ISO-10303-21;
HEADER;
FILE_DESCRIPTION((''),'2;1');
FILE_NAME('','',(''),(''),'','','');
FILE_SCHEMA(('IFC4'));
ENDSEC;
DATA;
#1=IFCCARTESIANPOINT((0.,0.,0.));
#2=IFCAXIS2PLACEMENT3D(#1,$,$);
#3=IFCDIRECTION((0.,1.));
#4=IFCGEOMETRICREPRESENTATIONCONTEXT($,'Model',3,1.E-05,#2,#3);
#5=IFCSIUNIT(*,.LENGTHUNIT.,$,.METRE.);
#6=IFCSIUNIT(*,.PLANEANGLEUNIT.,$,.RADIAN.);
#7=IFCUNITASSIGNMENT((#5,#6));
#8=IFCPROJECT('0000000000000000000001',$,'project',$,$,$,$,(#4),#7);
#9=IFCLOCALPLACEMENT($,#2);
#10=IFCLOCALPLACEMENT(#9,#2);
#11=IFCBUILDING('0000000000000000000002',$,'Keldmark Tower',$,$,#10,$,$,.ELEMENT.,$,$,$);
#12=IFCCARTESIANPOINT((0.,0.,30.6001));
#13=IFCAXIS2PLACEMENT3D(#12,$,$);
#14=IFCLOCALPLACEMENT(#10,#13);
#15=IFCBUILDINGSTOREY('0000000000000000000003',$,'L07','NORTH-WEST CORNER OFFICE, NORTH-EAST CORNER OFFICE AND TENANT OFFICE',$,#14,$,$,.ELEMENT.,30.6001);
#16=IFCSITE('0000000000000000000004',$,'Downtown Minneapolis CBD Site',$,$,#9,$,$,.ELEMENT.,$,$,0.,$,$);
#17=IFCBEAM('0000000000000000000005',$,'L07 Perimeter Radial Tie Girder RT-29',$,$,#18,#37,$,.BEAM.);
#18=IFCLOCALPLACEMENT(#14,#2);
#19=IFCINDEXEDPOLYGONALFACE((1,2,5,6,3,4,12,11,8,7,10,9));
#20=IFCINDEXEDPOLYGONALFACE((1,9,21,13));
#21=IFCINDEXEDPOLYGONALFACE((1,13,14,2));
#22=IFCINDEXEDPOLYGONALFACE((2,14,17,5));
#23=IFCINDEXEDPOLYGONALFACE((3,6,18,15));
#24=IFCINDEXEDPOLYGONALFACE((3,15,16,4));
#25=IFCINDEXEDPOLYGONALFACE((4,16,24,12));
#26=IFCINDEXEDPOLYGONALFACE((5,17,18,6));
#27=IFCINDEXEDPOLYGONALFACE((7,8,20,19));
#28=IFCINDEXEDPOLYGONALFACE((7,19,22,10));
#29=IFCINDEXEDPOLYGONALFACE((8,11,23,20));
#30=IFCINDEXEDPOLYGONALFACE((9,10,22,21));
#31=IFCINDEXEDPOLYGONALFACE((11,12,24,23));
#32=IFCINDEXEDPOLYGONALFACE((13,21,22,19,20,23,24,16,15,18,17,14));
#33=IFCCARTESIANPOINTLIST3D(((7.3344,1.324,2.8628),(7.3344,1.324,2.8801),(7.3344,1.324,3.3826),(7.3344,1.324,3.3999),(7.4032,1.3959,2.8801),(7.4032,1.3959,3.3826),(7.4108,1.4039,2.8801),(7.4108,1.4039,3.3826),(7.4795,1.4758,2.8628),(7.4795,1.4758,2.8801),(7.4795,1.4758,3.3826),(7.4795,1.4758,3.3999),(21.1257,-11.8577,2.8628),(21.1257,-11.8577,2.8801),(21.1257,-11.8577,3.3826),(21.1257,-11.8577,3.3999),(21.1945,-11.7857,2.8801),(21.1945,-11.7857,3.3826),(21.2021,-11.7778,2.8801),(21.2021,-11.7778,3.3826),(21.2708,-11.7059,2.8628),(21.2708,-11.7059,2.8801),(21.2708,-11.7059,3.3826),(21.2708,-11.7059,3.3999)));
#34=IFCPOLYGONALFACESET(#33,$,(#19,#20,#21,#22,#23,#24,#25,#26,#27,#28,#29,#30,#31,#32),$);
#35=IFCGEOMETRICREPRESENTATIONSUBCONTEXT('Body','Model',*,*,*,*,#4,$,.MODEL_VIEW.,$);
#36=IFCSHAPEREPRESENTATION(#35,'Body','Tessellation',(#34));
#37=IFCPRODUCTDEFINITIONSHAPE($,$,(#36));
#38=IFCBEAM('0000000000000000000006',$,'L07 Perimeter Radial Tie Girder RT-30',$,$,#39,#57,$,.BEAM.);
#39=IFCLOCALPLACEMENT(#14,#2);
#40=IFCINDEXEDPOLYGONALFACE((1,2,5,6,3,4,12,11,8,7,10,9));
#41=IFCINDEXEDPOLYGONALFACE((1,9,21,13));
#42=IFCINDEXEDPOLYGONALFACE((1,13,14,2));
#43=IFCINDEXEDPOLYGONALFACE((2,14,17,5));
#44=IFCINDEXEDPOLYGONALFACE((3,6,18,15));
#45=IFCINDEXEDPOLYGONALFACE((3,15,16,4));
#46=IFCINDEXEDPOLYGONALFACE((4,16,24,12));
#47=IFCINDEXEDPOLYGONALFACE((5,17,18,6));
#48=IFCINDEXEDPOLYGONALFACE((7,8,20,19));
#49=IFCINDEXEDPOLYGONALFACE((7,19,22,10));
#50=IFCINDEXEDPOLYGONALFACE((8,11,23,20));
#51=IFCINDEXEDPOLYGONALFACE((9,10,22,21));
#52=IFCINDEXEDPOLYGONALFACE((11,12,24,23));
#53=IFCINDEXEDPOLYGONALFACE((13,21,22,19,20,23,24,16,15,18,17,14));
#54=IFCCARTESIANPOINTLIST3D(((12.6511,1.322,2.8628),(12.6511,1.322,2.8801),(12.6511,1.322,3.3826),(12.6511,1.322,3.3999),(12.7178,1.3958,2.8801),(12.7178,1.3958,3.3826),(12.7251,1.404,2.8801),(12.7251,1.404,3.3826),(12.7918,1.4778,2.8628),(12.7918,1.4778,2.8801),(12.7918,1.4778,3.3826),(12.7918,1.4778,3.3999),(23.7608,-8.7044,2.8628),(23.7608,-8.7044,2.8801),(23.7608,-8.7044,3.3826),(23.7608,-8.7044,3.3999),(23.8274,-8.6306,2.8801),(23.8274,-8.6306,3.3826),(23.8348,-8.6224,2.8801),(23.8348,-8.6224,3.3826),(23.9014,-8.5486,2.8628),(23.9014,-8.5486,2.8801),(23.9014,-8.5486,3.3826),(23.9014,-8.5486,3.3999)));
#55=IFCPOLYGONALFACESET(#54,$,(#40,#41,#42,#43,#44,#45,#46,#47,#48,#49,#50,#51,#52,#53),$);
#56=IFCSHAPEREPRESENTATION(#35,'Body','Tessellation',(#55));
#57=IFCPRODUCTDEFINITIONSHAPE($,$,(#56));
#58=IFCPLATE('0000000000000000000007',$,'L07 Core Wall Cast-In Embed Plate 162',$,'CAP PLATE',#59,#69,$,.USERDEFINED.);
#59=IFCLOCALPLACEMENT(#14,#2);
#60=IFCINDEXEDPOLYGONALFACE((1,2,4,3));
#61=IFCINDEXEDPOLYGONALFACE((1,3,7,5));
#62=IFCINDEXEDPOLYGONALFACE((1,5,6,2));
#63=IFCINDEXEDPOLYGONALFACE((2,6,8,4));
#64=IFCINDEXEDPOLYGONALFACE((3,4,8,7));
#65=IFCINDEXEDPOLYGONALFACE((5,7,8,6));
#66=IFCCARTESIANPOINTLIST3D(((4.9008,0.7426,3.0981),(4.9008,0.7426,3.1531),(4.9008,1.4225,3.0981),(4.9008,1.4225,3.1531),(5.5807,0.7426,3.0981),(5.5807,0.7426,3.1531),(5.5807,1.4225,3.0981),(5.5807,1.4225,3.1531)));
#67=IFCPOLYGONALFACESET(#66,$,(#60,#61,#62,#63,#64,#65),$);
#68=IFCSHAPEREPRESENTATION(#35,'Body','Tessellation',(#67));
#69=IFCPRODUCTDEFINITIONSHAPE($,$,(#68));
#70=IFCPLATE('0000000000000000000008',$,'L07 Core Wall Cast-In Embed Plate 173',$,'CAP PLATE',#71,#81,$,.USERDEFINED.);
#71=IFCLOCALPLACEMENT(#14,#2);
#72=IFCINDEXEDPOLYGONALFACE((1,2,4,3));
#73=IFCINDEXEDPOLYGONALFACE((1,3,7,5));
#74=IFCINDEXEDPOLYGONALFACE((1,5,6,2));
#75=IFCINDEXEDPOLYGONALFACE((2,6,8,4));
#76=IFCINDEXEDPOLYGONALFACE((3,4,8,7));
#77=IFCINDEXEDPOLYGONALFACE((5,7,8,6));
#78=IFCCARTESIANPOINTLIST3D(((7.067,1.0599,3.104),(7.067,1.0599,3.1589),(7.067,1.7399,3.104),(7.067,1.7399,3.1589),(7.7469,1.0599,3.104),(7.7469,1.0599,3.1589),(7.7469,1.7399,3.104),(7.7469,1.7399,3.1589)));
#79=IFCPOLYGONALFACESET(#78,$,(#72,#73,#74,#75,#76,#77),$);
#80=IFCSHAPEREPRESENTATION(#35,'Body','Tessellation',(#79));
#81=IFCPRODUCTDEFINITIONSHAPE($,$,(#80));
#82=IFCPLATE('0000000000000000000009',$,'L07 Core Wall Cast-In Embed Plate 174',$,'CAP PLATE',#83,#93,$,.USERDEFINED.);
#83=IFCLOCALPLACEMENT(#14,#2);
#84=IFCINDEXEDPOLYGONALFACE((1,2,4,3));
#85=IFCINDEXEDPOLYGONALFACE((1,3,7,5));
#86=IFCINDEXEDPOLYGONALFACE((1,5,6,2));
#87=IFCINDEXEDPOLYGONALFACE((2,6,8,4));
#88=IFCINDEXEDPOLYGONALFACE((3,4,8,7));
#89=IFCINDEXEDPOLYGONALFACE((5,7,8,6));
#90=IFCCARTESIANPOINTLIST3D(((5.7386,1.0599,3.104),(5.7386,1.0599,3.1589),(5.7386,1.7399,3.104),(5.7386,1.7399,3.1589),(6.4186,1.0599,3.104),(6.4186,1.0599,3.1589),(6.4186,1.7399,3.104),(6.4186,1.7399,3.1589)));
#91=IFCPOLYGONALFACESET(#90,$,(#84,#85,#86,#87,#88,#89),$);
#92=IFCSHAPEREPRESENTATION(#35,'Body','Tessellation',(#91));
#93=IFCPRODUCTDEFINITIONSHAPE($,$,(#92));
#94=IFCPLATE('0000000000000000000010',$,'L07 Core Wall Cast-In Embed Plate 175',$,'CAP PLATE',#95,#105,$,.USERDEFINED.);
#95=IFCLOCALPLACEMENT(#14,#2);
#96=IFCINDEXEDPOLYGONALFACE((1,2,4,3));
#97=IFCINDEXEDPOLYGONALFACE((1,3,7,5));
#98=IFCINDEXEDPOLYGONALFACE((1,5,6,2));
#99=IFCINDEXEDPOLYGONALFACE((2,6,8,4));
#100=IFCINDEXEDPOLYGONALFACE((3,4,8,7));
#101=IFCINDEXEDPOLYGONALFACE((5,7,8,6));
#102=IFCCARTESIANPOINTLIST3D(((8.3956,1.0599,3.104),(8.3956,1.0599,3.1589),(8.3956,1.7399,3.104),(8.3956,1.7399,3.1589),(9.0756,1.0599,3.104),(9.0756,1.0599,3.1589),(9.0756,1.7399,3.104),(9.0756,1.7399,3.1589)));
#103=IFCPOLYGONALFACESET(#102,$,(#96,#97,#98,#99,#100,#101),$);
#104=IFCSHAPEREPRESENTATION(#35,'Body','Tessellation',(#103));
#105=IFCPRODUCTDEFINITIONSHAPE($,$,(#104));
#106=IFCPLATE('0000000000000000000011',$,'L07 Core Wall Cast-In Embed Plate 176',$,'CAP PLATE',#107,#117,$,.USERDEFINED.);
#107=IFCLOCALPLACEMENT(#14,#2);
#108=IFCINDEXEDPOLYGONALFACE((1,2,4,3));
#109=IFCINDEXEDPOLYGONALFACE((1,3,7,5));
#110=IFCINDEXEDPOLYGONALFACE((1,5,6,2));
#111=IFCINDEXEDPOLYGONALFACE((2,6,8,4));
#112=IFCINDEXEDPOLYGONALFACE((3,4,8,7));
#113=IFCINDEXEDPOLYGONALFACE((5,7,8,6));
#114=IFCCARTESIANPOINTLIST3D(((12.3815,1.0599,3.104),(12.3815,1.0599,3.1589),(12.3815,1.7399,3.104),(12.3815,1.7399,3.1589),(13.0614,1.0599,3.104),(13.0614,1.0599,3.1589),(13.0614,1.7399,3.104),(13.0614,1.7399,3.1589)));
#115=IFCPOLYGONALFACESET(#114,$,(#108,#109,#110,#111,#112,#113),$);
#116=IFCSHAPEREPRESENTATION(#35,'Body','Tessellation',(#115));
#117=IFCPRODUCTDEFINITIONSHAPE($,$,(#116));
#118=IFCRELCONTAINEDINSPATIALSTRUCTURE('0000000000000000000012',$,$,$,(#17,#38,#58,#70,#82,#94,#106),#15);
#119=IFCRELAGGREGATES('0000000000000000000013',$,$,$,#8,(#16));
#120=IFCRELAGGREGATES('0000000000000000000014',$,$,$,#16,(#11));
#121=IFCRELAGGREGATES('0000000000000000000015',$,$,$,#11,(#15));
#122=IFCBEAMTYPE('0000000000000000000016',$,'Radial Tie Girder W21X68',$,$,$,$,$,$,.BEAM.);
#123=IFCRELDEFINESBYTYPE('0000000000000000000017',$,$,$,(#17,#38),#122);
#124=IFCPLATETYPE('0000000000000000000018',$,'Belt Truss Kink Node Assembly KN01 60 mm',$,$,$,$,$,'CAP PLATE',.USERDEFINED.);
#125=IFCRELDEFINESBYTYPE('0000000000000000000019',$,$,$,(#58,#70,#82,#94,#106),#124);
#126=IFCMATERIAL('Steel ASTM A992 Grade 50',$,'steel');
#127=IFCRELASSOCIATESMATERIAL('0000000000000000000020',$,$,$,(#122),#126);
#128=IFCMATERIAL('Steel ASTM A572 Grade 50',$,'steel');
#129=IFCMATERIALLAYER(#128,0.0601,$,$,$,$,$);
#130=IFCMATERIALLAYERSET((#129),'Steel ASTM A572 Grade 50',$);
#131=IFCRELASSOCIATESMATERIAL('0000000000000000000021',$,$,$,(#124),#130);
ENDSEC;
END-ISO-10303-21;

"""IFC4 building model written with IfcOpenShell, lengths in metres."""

from ifc_helpers import new_model, si_unit, direction, frame, origin, origin_2d, place, context, subcontext, project, spatial, rectangle, i_section, extrude, material, layer, layer_set, material_profile, profile_set, type_object, element, save


model = new_model("IFC4")

# Units and contexts
model_context = context("Model", 3, precision=1e-05, world=origin(), true_north=direction((0.0, 1.0)))
body_context = subcontext(model_context, "Body", "Model", "MODEL_VIEW")
ifc_project = project(units=[si_unit("LENGTHUNIT", "METRE"), si_unit("PLANEANGLEUNIT", "RADIAN")], contexts=[model_context])

# Site, building, storey
site_placement = place(None, origin())
site = spatial("IfcSite", under=ifc_project, at=site_placement, Name="Downtown Minneapolis CBD Site", CompositionType="ELEMENT", RefElevation=0.0)
building_placement = place(site_placement, origin())
building = spatial("IfcBuilding", under=site, at=building_placement, Name="Keldmark Tower", CompositionType="ELEMENT")
storey_placement = place(building_placement, frame((0.0, 0.0, 30.6001)))
storey = spatial("IfcBuildingStorey", under=building, at=storey_placement, Name="L07", Description="NORTH-WEST CORNER OFFICE, NORTH-EAST CORNER OFFICE AND TENANT OFFICE", CompositionType="ELEMENT", Elevation=30.6001)

# Beams
ifc_material_1 = material(Name="Steel ASTM A992 Grade 50", Category="steel")
ifc_material_profile_1 = material_profile(ifc_material_1, i_section(OverallWidth=0.21, OverallDepth=0.5371, WebThickness=0.011, FlangeThickness=0.0173, at=origin_2d()), Name="W21X68")
ifc_profile_set_1 = profile_set([ifc_material_profile_1], Name="Steel ASTM A992 Grade 50")
beam_type_1 = type_object("IfcBeamType", Name="Radial Tie Girder W21X68", PredefinedType="BEAM", material=ifc_profile_set_1)
beam_1_placement = place(storey_placement, frame((7.407, 1.3999, 3.1313), z_axis=(0.722904, -0.690949, 0.0), x_axis=(0.690949, 0.722904, 0.0)))
element("IfcBeam", 1, at=beam_1_placement, inside=storey, type_object=beam_type_1, Name="L07 Perimeter Radial Tie Girder RT-29", PredefinedType="BEAM", context=body_context, shape_type="SweptSolid", body=[
    extrude(i_section(OverallWidth=0.21, OverallDepth=0.5371, WebThickness=0.011, FlangeThickness=0.0173, at=origin_2d()), origin(), (0.0, 0.0, 1.0), 19.0776),
])
beam_2_placement = place(storey_placement, frame((12.7214, 1.3999, 3.1313), z_axis=(0.742373, -0.669987, 0.0), x_axis=(0.669987, 0.742373, 0.0)))
element("IfcBeam", 2, at=beam_2_placement, inside=storey, type_object=beam_type_1, Name="L07 Perimeter Radial Tie Girder RT-30", PredefinedType="BEAM", context=body_context, shape_type="SweptSolid", body=[
    extrude(i_section(OverallWidth=0.21, OverallDepth=0.5371, WebThickness=0.011, FlangeThickness=0.0173, at=origin_2d()), origin(), (0.0, 0.0, 1.0), 14.9651),
])

# Plates
ifc_material_2 = material(Name="Steel ASTM A572 Grade 50", Category="steel")
ifc_layer_1 = layer(ifc_material_2, 0.0601)
ifc_layer_set_1 = layer_set([ifc_layer_1], Name="Steel ASTM A572 Grade 50")
plate_type = type_object("IfcPlateType", Name="Belt Truss Kink Node Assembly KN01 60 mm", ElementType="CAP PLATE", PredefinedType="USERDEFINED", material=ifc_layer_set_1)
for number, where, z_axis, x_axis, name in (
    (3, (5.2407, 1.0825, 3.0981), (0.0, 0.0, 1.0), (1.0, 0.0, 0.0), "L07 Core Wall Cast-In Embed Plate 162"),
    (4, (7.407, 1.3999, 3.104), (0.0, 0.0, 1.0), (1.0, 0.0, 0.0), "L07 Core Wall Cast-In Embed Plate 173"),
    (5, (6.0786, 1.3999, 3.104), (0.0, 0.0, 1.0), (1.0, 0.0, 0.0), "L07 Core Wall Cast-In Embed Plate 174"),
    (6, (8.7356, 1.3999, 3.104), (0.0, 0.0, 1.0), (1.0, 0.0, 0.0), "L07 Core Wall Cast-In Embed Plate 175"),
    (7, (12.7214, 1.3999, 3.104), (0.0, 0.0, 1.0), (1.0, 0.0, 0.0), "L07 Core Wall Cast-In Embed Plate 176"),
):
    element("IfcPlate", number, at=place(storey_placement, frame(where, z_axis=z_axis, x_axis=x_axis)), inside=storey, type_object=plate_type, Name=name, ObjectType="CAP PLATE", PredefinedType="USERDEFINED", context=body_context, shape_type="SweptSolid", body=[
        extrude(rectangle(XDim=0.6799, YDim=0.6799, at=origin_2d()), origin(), (0.0, 0.0, 1.0), 0.0549),
    ])

save(model, "model.ifc")
